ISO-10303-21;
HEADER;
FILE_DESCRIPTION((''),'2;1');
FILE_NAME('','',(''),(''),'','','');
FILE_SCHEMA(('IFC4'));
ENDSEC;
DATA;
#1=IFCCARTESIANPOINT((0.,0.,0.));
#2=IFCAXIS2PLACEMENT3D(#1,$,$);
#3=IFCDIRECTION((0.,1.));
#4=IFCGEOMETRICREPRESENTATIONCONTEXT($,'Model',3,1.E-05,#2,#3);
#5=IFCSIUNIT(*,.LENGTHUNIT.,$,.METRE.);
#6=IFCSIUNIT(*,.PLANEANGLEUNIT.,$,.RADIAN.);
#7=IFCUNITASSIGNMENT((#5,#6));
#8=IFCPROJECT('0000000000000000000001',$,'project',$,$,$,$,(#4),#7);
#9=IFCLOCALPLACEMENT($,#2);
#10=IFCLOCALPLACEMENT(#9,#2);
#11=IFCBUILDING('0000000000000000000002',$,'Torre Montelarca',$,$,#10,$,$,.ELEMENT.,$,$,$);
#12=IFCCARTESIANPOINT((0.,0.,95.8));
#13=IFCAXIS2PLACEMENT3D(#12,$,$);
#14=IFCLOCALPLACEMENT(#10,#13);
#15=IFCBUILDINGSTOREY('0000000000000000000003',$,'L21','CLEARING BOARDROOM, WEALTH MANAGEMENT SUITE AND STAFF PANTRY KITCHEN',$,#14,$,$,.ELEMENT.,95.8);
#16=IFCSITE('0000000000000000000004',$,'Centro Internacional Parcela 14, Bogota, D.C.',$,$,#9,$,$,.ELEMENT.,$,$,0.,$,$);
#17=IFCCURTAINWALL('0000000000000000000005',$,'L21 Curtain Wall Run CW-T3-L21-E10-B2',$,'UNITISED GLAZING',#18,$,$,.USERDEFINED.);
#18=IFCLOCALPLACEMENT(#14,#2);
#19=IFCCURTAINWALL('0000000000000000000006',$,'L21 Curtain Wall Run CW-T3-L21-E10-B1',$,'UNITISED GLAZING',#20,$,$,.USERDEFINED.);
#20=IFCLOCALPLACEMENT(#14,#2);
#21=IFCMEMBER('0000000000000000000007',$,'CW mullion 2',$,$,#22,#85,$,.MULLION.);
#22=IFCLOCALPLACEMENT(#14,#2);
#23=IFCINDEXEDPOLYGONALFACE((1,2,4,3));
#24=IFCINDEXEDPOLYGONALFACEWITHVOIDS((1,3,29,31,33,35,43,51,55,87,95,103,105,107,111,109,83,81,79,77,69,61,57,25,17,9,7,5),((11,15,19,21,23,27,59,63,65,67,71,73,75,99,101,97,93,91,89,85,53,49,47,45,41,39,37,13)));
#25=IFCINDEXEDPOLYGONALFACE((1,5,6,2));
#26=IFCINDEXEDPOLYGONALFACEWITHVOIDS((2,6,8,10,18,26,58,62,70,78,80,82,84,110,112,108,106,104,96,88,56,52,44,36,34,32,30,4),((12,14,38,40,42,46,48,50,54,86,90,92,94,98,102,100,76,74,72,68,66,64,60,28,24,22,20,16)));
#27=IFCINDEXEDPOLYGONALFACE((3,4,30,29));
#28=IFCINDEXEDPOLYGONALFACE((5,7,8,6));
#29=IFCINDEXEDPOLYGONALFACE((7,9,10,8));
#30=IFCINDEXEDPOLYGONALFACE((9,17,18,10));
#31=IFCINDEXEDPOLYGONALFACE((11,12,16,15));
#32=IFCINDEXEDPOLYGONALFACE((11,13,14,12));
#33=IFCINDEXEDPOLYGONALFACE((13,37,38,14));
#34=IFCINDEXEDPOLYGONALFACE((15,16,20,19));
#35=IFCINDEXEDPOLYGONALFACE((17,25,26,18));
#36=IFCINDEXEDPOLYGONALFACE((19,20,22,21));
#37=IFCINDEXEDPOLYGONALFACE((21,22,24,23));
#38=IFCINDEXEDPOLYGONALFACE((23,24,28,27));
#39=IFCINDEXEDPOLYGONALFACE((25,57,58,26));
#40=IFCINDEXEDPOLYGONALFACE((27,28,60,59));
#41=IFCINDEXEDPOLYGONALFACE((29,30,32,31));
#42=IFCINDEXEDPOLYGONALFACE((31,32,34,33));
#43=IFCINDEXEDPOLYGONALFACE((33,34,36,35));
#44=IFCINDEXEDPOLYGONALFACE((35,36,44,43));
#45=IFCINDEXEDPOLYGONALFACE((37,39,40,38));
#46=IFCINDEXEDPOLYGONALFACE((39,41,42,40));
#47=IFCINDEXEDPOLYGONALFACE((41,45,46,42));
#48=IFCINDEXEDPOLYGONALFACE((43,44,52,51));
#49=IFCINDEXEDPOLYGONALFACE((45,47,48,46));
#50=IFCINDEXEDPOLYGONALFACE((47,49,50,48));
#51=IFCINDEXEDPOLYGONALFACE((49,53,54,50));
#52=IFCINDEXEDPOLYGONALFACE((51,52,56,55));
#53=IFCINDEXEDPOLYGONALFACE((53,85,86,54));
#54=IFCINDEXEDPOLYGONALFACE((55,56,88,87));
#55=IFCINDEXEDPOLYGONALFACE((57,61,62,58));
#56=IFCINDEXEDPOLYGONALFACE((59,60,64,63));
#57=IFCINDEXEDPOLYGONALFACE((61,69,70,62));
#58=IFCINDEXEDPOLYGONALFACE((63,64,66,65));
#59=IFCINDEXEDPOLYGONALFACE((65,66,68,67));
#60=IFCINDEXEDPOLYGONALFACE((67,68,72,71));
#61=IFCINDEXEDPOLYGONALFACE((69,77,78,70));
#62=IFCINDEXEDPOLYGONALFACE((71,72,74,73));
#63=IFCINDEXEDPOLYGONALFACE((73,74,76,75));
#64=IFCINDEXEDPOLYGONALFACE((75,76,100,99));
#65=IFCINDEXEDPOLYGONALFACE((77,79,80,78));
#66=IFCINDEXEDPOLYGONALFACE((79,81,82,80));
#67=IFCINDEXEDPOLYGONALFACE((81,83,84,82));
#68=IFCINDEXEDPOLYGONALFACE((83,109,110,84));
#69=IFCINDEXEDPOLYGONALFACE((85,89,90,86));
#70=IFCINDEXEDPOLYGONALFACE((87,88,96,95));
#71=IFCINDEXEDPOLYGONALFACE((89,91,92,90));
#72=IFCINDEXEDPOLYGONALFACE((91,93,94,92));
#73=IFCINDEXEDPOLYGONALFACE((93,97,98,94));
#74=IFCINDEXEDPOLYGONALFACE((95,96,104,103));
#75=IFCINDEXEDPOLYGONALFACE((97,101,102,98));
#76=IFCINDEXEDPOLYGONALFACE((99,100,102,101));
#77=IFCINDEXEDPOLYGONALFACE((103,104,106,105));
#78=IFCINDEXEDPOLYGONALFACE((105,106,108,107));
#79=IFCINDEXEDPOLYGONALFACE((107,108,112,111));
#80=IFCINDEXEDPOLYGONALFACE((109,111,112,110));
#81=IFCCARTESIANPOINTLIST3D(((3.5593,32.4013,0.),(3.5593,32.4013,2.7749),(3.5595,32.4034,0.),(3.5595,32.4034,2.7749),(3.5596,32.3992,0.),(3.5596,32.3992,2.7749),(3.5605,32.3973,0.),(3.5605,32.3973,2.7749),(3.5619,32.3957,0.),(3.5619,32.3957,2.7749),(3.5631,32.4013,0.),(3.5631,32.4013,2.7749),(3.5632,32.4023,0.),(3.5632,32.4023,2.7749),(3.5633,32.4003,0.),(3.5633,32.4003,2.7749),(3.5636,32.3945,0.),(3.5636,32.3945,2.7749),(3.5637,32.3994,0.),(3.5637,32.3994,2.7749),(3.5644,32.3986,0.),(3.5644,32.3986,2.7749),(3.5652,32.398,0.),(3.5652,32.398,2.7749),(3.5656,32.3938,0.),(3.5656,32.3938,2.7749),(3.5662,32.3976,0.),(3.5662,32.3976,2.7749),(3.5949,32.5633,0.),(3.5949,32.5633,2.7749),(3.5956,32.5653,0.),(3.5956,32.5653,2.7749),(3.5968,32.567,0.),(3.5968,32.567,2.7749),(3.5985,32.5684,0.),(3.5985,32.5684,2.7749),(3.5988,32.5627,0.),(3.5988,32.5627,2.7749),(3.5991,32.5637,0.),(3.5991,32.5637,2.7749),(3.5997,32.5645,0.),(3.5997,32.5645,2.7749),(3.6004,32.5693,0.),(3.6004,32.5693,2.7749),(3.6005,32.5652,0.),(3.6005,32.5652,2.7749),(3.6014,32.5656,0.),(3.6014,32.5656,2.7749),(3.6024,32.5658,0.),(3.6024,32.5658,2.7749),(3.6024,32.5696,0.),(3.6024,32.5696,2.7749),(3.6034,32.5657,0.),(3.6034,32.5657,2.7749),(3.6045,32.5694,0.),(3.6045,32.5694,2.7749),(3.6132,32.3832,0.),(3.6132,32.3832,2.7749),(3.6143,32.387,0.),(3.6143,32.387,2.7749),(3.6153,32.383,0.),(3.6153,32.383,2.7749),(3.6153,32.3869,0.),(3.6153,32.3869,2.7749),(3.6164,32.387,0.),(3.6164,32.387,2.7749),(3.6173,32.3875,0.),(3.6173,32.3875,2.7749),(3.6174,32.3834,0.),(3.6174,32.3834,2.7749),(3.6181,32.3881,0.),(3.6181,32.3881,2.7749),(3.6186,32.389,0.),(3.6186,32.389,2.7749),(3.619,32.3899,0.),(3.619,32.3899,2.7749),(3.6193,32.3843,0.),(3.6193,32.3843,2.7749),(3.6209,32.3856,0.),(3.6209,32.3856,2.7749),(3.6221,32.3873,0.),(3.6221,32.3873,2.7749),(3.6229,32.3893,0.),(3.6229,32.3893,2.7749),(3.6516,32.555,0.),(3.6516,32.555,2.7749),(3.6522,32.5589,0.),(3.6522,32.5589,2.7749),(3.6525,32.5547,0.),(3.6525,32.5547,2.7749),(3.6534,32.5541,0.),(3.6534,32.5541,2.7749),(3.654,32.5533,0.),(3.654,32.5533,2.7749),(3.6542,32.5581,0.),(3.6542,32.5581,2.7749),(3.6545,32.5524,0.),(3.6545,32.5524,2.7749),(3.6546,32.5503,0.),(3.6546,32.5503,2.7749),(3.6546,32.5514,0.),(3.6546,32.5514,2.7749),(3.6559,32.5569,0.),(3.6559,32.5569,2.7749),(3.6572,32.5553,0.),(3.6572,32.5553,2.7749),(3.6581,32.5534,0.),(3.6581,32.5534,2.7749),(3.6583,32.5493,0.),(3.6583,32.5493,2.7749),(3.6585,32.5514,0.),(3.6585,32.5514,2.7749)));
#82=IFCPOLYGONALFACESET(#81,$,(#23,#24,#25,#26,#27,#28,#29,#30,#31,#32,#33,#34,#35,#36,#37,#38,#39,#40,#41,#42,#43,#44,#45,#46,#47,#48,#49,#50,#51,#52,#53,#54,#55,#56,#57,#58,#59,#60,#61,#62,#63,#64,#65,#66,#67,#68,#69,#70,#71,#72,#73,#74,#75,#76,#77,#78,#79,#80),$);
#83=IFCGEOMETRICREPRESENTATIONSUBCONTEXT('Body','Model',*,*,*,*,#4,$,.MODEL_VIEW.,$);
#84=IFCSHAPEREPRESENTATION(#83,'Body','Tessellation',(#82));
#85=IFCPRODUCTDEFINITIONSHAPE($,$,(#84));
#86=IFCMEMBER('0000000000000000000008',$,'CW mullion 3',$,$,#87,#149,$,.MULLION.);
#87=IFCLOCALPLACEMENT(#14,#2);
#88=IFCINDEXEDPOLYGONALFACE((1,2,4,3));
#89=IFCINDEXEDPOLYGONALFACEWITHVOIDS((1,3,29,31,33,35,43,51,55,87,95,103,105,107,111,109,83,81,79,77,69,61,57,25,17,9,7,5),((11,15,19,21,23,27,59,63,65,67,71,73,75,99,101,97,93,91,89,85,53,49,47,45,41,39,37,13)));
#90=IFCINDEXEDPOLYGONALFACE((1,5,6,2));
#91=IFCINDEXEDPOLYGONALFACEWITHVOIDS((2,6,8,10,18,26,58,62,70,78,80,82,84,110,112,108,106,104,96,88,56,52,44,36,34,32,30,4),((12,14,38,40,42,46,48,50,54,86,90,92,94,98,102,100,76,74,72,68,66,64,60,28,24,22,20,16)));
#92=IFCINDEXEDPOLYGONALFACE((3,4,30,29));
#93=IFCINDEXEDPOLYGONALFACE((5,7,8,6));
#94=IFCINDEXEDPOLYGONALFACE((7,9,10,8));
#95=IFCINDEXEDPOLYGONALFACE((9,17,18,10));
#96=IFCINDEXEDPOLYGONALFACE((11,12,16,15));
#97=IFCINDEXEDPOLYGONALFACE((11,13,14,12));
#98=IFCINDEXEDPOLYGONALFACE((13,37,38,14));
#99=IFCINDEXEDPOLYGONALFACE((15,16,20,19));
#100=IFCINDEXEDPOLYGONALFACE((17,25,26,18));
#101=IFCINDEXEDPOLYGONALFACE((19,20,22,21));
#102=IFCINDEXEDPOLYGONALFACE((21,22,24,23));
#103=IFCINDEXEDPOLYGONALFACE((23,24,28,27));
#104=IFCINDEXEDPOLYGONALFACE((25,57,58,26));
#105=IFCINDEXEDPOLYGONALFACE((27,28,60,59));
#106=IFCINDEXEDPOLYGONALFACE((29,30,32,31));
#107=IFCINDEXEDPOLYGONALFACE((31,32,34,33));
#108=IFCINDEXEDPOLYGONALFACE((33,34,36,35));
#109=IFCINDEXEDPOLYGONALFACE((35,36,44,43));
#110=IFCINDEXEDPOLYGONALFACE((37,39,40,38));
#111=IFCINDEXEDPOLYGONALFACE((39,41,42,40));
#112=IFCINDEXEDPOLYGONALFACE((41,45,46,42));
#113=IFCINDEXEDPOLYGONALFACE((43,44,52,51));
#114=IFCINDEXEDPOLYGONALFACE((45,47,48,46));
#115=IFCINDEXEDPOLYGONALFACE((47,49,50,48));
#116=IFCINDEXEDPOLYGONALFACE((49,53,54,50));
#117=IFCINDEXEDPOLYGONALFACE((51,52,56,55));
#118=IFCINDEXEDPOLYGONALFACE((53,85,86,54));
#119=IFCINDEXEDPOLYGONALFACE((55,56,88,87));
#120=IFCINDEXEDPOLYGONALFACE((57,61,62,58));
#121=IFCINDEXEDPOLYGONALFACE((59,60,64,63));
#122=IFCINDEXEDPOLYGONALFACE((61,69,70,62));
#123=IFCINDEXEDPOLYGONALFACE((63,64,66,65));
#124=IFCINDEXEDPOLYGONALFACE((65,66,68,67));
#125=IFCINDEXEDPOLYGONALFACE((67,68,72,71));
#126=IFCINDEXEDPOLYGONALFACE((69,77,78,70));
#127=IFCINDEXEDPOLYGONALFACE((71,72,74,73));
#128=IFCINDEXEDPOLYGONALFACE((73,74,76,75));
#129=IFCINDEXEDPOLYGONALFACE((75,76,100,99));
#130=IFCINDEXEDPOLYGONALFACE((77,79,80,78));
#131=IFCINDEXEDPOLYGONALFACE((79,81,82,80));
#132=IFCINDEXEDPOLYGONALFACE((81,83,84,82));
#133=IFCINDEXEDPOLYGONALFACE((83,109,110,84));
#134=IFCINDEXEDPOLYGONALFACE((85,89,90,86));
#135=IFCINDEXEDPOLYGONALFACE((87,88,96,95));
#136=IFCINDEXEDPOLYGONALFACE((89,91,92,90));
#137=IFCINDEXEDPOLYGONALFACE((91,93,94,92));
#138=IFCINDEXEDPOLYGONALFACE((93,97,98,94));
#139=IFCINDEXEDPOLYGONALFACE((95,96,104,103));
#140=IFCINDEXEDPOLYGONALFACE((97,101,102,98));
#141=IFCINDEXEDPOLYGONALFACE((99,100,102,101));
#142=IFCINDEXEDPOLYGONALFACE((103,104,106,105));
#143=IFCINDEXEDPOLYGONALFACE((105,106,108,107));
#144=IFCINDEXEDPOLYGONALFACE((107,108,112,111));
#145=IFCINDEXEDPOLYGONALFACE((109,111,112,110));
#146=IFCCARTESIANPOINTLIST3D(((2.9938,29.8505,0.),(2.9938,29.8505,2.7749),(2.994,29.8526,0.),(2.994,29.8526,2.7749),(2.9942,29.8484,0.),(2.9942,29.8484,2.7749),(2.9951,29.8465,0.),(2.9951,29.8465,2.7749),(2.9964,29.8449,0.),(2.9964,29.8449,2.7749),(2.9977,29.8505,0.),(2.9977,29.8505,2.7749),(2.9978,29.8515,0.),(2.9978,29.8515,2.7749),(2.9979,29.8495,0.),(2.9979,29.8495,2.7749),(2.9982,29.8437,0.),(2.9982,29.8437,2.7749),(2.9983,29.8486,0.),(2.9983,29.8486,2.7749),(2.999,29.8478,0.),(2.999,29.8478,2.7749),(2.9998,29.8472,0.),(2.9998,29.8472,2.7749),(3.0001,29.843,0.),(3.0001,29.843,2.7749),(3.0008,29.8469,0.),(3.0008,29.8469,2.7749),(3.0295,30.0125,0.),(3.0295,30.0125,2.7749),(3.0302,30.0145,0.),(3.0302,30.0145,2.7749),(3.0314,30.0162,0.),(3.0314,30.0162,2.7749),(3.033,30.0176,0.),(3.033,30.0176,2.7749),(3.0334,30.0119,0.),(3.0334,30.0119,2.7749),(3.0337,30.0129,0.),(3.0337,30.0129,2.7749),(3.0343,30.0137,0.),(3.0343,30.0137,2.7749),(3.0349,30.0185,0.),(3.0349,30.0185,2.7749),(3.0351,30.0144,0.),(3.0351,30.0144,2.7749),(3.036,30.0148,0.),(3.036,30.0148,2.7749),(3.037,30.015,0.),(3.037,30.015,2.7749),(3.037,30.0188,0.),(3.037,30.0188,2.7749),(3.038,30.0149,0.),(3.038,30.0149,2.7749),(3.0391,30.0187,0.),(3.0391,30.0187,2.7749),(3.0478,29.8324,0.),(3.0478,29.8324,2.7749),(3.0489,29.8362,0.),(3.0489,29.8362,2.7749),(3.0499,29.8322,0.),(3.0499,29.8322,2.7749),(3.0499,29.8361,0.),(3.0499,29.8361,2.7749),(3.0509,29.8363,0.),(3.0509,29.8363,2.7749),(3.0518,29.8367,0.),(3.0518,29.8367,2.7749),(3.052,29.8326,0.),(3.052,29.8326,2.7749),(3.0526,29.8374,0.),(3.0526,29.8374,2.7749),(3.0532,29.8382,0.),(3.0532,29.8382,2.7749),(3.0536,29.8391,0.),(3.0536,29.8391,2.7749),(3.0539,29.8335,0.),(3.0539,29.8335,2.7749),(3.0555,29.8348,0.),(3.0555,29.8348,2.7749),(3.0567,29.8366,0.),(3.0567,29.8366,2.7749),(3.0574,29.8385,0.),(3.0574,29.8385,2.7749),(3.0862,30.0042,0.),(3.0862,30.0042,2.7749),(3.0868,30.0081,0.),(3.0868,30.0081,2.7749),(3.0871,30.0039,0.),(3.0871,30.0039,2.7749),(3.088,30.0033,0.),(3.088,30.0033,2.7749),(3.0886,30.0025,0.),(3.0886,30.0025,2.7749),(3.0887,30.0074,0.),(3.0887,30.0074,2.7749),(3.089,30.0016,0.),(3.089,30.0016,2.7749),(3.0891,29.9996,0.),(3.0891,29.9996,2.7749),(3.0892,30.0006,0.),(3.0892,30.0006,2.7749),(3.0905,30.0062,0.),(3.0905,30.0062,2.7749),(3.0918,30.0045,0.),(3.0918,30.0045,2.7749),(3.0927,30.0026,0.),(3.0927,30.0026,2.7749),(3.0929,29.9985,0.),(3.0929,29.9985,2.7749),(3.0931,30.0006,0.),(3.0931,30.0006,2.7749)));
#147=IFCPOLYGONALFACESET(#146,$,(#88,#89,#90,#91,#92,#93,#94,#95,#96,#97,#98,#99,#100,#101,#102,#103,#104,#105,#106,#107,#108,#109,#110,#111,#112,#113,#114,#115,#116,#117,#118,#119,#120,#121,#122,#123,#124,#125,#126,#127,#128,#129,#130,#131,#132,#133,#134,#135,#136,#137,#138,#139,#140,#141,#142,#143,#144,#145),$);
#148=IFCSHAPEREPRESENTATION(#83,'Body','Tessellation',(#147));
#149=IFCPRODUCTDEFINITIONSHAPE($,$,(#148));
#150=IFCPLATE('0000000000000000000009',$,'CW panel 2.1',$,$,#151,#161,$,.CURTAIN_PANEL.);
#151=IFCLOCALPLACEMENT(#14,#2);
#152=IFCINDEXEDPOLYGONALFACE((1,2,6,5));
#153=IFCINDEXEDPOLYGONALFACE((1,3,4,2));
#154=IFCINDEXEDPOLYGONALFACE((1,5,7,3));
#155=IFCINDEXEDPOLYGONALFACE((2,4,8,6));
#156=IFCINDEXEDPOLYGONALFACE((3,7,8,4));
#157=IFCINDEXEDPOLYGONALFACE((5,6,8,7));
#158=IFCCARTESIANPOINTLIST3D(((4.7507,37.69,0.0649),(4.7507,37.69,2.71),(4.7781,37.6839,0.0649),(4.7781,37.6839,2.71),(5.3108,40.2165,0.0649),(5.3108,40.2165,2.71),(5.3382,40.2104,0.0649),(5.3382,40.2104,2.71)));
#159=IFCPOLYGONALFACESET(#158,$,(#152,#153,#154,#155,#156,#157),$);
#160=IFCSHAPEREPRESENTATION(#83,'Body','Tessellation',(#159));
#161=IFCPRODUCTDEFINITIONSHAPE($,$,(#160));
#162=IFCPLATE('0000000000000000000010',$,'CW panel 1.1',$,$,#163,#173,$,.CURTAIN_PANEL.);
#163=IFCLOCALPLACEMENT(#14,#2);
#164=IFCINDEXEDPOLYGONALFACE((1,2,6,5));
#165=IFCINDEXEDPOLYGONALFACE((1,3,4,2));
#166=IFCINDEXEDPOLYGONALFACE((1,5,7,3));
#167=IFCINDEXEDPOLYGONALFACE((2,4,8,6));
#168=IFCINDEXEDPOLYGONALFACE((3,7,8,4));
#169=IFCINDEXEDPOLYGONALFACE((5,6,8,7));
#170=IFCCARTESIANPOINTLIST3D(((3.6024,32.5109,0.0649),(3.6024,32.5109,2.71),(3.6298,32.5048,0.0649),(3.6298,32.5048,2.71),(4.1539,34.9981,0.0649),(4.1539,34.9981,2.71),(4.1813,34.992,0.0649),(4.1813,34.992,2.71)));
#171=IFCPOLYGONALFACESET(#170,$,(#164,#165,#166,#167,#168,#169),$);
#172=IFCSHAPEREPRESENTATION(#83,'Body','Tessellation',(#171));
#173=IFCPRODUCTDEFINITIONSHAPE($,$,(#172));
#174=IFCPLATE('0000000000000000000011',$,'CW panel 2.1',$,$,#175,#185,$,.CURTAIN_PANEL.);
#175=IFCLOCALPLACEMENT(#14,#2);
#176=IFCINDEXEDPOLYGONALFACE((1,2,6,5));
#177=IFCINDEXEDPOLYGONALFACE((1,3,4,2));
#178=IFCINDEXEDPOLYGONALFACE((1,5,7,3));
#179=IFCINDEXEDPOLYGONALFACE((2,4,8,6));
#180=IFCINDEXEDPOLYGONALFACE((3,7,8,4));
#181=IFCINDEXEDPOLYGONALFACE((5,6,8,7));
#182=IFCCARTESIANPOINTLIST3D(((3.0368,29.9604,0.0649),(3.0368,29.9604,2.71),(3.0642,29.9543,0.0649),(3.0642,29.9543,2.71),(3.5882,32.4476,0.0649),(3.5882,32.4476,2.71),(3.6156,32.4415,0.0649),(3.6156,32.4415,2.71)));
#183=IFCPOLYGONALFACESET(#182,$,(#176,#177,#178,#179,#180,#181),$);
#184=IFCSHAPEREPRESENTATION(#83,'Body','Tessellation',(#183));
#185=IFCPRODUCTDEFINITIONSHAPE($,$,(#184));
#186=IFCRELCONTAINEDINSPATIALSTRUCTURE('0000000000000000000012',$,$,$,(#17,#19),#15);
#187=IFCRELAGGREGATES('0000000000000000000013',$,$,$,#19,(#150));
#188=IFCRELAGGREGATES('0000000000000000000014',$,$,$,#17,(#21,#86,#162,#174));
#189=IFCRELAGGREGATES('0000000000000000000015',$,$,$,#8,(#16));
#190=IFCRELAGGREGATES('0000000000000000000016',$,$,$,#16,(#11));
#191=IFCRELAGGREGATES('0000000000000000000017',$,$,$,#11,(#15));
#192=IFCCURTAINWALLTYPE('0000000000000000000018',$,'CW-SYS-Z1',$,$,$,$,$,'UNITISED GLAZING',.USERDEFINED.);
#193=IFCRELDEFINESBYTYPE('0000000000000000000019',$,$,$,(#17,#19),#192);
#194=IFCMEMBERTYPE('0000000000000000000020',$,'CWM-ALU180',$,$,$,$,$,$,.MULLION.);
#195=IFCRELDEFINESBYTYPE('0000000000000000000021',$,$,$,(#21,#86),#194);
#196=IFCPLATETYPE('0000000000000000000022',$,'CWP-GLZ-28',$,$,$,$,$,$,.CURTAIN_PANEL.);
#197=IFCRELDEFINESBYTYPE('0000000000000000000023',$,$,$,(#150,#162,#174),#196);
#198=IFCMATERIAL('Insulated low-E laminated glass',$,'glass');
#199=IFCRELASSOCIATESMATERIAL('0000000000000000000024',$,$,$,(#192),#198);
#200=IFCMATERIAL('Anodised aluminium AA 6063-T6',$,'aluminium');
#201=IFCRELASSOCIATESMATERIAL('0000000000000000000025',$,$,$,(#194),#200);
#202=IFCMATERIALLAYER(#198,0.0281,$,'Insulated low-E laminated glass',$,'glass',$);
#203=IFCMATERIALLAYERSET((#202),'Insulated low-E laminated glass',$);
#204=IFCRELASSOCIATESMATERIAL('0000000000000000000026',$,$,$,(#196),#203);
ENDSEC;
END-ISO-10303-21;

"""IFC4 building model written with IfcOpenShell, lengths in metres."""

from ifc_helpers import new_model, si_unit, direction, frame, origin, origin_2d, place, context, subcontext, project, spatial, rectangle, hollow_rectangle, extrude, source, transform, mapped, material, layer, layer_set, material_profile, profile_set, type_object, element, aggregate, save


model = new_model("IFC4")

# Units and contexts
model_context = context("Model", 3, precision=1e-05, world=origin(), true_north=direction((0.0, 1.0)))
body_context = subcontext(model_context, "Body", "Model", "MODEL_VIEW")
ifc_project = project(units=[si_unit("LENGTHUNIT", "METRE"), si_unit("PLANEANGLEUNIT", "RADIAN")], contexts=[model_context])

# Site, building, storey
site_placement = place(None, origin())
site = spatial("IfcSite", under=ifc_project, at=site_placement, Name="Centro Internacional Parcela 14, Bogota, D.C.", CompositionType="ELEMENT", RefElevation=0.0)
building_placement = place(site_placement, origin())
building = spatial("IfcBuilding", under=site, at=building_placement, Name="Torre Montelarca", CompositionType="ELEMENT")
storey_placement = place(building_placement, frame((0.0, 0.0, 95.8)))
storey = spatial("IfcBuildingStorey", under=building, at=storey_placement, Name="L21", Description="CLEARING BOARDROOM, WEALTH MANAGEMENT SUITE AND STAFF PANTRY KITCHEN", CompositionType="ELEMENT", Elevation=95.8)

# Curtain wall
ifc_material_1 = material(Name="Insulated low-E laminated glass", Category="glass")
curtain_wall_type = type_object("IfcCurtainWallType", Name="CW-SYS-Z1", ElementType="UNITISED GLAZING", PredefinedType="USERDEFINED", material=ifc_material_1)
curtain_wall_1_placement = place(storey_placement, origin())
curtain_wall_1 = element("IfcCurtainWall", 1, at=curtain_wall_1_placement, inside=storey, type_object=curtain_wall_type, Name="L21 Curtain Wall Run CW-T3-L21-E10-B2", ObjectType="UNITISED GLAZING", PredefinedType="USERDEFINED")
ifc_material_2 = material(Name="Anodised aluminium AA 6063-T6", Category="aluminium")

# Curtain wall
curtain_wall_2_placement = place(storey_placement, origin())
curtain_wall_2 = element("IfcCurtainWall", 2, at=curtain_wall_2_placement, inside=storey, type_object=curtain_wall_type, Name="L21 Curtain Wall Run CW-T3-L21-E10-B1", ObjectType="UNITISED GLAZING", PredefinedType="USERDEFINED")
ifc_material_profile_1 = material_profile(ifc_material_2, hollow_rectangle(XDim=0.0649, YDim=0.1799, WallThickness=0.0039, InnerFilletRadius=0.0039, OuterFilletRadius=0.0081, at=origin_2d()), Name="ALU65X180X4", Category="aluminium")
ifc_profile_set_1 = profile_set([ifc_material_profile_1], Name="Anodised aluminium AA 6063-T6")
member_type_1 = type_object("IfcMemberType", Name="CWM-ALU180", PredefinedType="MULLION", material=ifc_profile_set_1)
shared_shape_1 = source(origin(), body_context, "Body", "SweptSolid", [
    extrude(hollow_rectangle(XDim=0.0649, YDim=0.1799, WallThickness=0.0039, InnerFilletRadius=0.0039, OuterFilletRadius=0.0081, at=origin_2d()), origin(), (0.0, 0.0, 1.0), 2.7749),
])

# Members
member_1_placement = place(storey_placement, frame((3.6089, 32.4763, 0.0), z_axis=(0.0, 0.0, 1.0), x_axis=(0.976295, -0.216446, 0.0)))
member_1 = element("IfcMember", 3, at=member_1_placement, type_object=member_type_1, Name="CW mullion 2", PredefinedType="MULLION", context=body_context, shape_type="MappedRepresentation", body=[
    mapped(shared_shape_1, transform((0.0, 0.0, 0.0), scale=1.0)),
])
member_2_placement = place(storey_placement, frame((3.0435, 29.9255, 0.0), z_axis=(0.0, 0.0, 1.0), x_axis=(0.976295, -0.216446, 0.0)))
member_2 = element("IfcMember", 4, at=member_2_placement, type_object=member_type_1, Name="CW mullion 3", PredefinedType="MULLION", context=body_context, shape_type="MappedRepresentation", body=[
    mapped(shared_shape_1, transform((0.0, 0.0, 0.0), scale=1.0)),
])

# Plates
ifc_layer_1 = layer(ifc_material_1, 0.0281, Name="Insulated low-E laminated glass", Category="glass")
ifc_layer_set_1 = layer_set([ifc_layer_1], Name="Insulated low-E laminated glass")
plate_type = type_object("IfcPlateType", Name="CWP-GLZ-28", PredefinedType="CURTAIN_PANEL", material=ifc_layer_set_1)
shared_shape_2 = source(origin(), body_context, "Body", "SweptSolid", [
    extrude(rectangle(XDim=2.5879, YDim=0.0281, at=origin_2d()), origin(), (0.0, 0.0, 1.0), 2.645),
])
plate_1_placement = place(storey_placement, frame((5.0444, 38.9502, 0.0649), z_axis=(0.0, 0.0, 1.0), x_axis=(-0.216434, -0.976297, 0.0)))
plate_1 = element("IfcPlate", 5, at=plate_1_placement, type_object=plate_type, Name="CW panel 2.1", PredefinedType="CURTAIN_PANEL", context=body_context, shape_type="MappedRepresentation", body=[
    mapped(shared_shape_2, transform((0.0, 0.0, 0.0), scale=1.0)),
])
aggregate(curtain_wall_2, [plate_1])
shared_shape_3 = source(origin(), body_context, "Body", "SweptSolid", [
    extrude(rectangle(XDim=2.5476, YDim=0.0281, at=origin_2d()), origin(), (0.0, 0.0, 1.0), 2.645),
])
plate_2_placement = place(storey_placement, frame((3.8918, 33.7515, 0.0649), z_axis=(0.0, 0.0, 1.0), x_axis=(-0.216446, -0.976295, 0.0)))
plate_2 = element("IfcPlate", 6, at=plate_2_placement, type_object=plate_type, Name="CW panel 1.1", PredefinedType="CURTAIN_PANEL", context=body_context, shape_type="MappedRepresentation", body=[
    mapped(shared_shape_3, transform((0.0, 0.0, 0.0), scale=1.0)),
])
plate_3_placement = place(storey_placement, frame((3.3262, 31.2009, 0.0649), z_axis=(0.0, 0.0, 1.0), x_axis=(-0.216446, -0.976295, 0.0)))
plate_3 = element("IfcPlate", 7, at=plate_3_placement, type_object=plate_type, Name="CW panel 2.1", PredefinedType="CURTAIN_PANEL", context=body_context, shape_type="MappedRepresentation", body=[
    mapped(shared_shape_3, transform((0.0, 0.0, 0.0), scale=1.0)),
])
aggregate(curtain_wall_1, [member_1, member_2, plate_2, plate_3])

save(model, "model.ifc")
